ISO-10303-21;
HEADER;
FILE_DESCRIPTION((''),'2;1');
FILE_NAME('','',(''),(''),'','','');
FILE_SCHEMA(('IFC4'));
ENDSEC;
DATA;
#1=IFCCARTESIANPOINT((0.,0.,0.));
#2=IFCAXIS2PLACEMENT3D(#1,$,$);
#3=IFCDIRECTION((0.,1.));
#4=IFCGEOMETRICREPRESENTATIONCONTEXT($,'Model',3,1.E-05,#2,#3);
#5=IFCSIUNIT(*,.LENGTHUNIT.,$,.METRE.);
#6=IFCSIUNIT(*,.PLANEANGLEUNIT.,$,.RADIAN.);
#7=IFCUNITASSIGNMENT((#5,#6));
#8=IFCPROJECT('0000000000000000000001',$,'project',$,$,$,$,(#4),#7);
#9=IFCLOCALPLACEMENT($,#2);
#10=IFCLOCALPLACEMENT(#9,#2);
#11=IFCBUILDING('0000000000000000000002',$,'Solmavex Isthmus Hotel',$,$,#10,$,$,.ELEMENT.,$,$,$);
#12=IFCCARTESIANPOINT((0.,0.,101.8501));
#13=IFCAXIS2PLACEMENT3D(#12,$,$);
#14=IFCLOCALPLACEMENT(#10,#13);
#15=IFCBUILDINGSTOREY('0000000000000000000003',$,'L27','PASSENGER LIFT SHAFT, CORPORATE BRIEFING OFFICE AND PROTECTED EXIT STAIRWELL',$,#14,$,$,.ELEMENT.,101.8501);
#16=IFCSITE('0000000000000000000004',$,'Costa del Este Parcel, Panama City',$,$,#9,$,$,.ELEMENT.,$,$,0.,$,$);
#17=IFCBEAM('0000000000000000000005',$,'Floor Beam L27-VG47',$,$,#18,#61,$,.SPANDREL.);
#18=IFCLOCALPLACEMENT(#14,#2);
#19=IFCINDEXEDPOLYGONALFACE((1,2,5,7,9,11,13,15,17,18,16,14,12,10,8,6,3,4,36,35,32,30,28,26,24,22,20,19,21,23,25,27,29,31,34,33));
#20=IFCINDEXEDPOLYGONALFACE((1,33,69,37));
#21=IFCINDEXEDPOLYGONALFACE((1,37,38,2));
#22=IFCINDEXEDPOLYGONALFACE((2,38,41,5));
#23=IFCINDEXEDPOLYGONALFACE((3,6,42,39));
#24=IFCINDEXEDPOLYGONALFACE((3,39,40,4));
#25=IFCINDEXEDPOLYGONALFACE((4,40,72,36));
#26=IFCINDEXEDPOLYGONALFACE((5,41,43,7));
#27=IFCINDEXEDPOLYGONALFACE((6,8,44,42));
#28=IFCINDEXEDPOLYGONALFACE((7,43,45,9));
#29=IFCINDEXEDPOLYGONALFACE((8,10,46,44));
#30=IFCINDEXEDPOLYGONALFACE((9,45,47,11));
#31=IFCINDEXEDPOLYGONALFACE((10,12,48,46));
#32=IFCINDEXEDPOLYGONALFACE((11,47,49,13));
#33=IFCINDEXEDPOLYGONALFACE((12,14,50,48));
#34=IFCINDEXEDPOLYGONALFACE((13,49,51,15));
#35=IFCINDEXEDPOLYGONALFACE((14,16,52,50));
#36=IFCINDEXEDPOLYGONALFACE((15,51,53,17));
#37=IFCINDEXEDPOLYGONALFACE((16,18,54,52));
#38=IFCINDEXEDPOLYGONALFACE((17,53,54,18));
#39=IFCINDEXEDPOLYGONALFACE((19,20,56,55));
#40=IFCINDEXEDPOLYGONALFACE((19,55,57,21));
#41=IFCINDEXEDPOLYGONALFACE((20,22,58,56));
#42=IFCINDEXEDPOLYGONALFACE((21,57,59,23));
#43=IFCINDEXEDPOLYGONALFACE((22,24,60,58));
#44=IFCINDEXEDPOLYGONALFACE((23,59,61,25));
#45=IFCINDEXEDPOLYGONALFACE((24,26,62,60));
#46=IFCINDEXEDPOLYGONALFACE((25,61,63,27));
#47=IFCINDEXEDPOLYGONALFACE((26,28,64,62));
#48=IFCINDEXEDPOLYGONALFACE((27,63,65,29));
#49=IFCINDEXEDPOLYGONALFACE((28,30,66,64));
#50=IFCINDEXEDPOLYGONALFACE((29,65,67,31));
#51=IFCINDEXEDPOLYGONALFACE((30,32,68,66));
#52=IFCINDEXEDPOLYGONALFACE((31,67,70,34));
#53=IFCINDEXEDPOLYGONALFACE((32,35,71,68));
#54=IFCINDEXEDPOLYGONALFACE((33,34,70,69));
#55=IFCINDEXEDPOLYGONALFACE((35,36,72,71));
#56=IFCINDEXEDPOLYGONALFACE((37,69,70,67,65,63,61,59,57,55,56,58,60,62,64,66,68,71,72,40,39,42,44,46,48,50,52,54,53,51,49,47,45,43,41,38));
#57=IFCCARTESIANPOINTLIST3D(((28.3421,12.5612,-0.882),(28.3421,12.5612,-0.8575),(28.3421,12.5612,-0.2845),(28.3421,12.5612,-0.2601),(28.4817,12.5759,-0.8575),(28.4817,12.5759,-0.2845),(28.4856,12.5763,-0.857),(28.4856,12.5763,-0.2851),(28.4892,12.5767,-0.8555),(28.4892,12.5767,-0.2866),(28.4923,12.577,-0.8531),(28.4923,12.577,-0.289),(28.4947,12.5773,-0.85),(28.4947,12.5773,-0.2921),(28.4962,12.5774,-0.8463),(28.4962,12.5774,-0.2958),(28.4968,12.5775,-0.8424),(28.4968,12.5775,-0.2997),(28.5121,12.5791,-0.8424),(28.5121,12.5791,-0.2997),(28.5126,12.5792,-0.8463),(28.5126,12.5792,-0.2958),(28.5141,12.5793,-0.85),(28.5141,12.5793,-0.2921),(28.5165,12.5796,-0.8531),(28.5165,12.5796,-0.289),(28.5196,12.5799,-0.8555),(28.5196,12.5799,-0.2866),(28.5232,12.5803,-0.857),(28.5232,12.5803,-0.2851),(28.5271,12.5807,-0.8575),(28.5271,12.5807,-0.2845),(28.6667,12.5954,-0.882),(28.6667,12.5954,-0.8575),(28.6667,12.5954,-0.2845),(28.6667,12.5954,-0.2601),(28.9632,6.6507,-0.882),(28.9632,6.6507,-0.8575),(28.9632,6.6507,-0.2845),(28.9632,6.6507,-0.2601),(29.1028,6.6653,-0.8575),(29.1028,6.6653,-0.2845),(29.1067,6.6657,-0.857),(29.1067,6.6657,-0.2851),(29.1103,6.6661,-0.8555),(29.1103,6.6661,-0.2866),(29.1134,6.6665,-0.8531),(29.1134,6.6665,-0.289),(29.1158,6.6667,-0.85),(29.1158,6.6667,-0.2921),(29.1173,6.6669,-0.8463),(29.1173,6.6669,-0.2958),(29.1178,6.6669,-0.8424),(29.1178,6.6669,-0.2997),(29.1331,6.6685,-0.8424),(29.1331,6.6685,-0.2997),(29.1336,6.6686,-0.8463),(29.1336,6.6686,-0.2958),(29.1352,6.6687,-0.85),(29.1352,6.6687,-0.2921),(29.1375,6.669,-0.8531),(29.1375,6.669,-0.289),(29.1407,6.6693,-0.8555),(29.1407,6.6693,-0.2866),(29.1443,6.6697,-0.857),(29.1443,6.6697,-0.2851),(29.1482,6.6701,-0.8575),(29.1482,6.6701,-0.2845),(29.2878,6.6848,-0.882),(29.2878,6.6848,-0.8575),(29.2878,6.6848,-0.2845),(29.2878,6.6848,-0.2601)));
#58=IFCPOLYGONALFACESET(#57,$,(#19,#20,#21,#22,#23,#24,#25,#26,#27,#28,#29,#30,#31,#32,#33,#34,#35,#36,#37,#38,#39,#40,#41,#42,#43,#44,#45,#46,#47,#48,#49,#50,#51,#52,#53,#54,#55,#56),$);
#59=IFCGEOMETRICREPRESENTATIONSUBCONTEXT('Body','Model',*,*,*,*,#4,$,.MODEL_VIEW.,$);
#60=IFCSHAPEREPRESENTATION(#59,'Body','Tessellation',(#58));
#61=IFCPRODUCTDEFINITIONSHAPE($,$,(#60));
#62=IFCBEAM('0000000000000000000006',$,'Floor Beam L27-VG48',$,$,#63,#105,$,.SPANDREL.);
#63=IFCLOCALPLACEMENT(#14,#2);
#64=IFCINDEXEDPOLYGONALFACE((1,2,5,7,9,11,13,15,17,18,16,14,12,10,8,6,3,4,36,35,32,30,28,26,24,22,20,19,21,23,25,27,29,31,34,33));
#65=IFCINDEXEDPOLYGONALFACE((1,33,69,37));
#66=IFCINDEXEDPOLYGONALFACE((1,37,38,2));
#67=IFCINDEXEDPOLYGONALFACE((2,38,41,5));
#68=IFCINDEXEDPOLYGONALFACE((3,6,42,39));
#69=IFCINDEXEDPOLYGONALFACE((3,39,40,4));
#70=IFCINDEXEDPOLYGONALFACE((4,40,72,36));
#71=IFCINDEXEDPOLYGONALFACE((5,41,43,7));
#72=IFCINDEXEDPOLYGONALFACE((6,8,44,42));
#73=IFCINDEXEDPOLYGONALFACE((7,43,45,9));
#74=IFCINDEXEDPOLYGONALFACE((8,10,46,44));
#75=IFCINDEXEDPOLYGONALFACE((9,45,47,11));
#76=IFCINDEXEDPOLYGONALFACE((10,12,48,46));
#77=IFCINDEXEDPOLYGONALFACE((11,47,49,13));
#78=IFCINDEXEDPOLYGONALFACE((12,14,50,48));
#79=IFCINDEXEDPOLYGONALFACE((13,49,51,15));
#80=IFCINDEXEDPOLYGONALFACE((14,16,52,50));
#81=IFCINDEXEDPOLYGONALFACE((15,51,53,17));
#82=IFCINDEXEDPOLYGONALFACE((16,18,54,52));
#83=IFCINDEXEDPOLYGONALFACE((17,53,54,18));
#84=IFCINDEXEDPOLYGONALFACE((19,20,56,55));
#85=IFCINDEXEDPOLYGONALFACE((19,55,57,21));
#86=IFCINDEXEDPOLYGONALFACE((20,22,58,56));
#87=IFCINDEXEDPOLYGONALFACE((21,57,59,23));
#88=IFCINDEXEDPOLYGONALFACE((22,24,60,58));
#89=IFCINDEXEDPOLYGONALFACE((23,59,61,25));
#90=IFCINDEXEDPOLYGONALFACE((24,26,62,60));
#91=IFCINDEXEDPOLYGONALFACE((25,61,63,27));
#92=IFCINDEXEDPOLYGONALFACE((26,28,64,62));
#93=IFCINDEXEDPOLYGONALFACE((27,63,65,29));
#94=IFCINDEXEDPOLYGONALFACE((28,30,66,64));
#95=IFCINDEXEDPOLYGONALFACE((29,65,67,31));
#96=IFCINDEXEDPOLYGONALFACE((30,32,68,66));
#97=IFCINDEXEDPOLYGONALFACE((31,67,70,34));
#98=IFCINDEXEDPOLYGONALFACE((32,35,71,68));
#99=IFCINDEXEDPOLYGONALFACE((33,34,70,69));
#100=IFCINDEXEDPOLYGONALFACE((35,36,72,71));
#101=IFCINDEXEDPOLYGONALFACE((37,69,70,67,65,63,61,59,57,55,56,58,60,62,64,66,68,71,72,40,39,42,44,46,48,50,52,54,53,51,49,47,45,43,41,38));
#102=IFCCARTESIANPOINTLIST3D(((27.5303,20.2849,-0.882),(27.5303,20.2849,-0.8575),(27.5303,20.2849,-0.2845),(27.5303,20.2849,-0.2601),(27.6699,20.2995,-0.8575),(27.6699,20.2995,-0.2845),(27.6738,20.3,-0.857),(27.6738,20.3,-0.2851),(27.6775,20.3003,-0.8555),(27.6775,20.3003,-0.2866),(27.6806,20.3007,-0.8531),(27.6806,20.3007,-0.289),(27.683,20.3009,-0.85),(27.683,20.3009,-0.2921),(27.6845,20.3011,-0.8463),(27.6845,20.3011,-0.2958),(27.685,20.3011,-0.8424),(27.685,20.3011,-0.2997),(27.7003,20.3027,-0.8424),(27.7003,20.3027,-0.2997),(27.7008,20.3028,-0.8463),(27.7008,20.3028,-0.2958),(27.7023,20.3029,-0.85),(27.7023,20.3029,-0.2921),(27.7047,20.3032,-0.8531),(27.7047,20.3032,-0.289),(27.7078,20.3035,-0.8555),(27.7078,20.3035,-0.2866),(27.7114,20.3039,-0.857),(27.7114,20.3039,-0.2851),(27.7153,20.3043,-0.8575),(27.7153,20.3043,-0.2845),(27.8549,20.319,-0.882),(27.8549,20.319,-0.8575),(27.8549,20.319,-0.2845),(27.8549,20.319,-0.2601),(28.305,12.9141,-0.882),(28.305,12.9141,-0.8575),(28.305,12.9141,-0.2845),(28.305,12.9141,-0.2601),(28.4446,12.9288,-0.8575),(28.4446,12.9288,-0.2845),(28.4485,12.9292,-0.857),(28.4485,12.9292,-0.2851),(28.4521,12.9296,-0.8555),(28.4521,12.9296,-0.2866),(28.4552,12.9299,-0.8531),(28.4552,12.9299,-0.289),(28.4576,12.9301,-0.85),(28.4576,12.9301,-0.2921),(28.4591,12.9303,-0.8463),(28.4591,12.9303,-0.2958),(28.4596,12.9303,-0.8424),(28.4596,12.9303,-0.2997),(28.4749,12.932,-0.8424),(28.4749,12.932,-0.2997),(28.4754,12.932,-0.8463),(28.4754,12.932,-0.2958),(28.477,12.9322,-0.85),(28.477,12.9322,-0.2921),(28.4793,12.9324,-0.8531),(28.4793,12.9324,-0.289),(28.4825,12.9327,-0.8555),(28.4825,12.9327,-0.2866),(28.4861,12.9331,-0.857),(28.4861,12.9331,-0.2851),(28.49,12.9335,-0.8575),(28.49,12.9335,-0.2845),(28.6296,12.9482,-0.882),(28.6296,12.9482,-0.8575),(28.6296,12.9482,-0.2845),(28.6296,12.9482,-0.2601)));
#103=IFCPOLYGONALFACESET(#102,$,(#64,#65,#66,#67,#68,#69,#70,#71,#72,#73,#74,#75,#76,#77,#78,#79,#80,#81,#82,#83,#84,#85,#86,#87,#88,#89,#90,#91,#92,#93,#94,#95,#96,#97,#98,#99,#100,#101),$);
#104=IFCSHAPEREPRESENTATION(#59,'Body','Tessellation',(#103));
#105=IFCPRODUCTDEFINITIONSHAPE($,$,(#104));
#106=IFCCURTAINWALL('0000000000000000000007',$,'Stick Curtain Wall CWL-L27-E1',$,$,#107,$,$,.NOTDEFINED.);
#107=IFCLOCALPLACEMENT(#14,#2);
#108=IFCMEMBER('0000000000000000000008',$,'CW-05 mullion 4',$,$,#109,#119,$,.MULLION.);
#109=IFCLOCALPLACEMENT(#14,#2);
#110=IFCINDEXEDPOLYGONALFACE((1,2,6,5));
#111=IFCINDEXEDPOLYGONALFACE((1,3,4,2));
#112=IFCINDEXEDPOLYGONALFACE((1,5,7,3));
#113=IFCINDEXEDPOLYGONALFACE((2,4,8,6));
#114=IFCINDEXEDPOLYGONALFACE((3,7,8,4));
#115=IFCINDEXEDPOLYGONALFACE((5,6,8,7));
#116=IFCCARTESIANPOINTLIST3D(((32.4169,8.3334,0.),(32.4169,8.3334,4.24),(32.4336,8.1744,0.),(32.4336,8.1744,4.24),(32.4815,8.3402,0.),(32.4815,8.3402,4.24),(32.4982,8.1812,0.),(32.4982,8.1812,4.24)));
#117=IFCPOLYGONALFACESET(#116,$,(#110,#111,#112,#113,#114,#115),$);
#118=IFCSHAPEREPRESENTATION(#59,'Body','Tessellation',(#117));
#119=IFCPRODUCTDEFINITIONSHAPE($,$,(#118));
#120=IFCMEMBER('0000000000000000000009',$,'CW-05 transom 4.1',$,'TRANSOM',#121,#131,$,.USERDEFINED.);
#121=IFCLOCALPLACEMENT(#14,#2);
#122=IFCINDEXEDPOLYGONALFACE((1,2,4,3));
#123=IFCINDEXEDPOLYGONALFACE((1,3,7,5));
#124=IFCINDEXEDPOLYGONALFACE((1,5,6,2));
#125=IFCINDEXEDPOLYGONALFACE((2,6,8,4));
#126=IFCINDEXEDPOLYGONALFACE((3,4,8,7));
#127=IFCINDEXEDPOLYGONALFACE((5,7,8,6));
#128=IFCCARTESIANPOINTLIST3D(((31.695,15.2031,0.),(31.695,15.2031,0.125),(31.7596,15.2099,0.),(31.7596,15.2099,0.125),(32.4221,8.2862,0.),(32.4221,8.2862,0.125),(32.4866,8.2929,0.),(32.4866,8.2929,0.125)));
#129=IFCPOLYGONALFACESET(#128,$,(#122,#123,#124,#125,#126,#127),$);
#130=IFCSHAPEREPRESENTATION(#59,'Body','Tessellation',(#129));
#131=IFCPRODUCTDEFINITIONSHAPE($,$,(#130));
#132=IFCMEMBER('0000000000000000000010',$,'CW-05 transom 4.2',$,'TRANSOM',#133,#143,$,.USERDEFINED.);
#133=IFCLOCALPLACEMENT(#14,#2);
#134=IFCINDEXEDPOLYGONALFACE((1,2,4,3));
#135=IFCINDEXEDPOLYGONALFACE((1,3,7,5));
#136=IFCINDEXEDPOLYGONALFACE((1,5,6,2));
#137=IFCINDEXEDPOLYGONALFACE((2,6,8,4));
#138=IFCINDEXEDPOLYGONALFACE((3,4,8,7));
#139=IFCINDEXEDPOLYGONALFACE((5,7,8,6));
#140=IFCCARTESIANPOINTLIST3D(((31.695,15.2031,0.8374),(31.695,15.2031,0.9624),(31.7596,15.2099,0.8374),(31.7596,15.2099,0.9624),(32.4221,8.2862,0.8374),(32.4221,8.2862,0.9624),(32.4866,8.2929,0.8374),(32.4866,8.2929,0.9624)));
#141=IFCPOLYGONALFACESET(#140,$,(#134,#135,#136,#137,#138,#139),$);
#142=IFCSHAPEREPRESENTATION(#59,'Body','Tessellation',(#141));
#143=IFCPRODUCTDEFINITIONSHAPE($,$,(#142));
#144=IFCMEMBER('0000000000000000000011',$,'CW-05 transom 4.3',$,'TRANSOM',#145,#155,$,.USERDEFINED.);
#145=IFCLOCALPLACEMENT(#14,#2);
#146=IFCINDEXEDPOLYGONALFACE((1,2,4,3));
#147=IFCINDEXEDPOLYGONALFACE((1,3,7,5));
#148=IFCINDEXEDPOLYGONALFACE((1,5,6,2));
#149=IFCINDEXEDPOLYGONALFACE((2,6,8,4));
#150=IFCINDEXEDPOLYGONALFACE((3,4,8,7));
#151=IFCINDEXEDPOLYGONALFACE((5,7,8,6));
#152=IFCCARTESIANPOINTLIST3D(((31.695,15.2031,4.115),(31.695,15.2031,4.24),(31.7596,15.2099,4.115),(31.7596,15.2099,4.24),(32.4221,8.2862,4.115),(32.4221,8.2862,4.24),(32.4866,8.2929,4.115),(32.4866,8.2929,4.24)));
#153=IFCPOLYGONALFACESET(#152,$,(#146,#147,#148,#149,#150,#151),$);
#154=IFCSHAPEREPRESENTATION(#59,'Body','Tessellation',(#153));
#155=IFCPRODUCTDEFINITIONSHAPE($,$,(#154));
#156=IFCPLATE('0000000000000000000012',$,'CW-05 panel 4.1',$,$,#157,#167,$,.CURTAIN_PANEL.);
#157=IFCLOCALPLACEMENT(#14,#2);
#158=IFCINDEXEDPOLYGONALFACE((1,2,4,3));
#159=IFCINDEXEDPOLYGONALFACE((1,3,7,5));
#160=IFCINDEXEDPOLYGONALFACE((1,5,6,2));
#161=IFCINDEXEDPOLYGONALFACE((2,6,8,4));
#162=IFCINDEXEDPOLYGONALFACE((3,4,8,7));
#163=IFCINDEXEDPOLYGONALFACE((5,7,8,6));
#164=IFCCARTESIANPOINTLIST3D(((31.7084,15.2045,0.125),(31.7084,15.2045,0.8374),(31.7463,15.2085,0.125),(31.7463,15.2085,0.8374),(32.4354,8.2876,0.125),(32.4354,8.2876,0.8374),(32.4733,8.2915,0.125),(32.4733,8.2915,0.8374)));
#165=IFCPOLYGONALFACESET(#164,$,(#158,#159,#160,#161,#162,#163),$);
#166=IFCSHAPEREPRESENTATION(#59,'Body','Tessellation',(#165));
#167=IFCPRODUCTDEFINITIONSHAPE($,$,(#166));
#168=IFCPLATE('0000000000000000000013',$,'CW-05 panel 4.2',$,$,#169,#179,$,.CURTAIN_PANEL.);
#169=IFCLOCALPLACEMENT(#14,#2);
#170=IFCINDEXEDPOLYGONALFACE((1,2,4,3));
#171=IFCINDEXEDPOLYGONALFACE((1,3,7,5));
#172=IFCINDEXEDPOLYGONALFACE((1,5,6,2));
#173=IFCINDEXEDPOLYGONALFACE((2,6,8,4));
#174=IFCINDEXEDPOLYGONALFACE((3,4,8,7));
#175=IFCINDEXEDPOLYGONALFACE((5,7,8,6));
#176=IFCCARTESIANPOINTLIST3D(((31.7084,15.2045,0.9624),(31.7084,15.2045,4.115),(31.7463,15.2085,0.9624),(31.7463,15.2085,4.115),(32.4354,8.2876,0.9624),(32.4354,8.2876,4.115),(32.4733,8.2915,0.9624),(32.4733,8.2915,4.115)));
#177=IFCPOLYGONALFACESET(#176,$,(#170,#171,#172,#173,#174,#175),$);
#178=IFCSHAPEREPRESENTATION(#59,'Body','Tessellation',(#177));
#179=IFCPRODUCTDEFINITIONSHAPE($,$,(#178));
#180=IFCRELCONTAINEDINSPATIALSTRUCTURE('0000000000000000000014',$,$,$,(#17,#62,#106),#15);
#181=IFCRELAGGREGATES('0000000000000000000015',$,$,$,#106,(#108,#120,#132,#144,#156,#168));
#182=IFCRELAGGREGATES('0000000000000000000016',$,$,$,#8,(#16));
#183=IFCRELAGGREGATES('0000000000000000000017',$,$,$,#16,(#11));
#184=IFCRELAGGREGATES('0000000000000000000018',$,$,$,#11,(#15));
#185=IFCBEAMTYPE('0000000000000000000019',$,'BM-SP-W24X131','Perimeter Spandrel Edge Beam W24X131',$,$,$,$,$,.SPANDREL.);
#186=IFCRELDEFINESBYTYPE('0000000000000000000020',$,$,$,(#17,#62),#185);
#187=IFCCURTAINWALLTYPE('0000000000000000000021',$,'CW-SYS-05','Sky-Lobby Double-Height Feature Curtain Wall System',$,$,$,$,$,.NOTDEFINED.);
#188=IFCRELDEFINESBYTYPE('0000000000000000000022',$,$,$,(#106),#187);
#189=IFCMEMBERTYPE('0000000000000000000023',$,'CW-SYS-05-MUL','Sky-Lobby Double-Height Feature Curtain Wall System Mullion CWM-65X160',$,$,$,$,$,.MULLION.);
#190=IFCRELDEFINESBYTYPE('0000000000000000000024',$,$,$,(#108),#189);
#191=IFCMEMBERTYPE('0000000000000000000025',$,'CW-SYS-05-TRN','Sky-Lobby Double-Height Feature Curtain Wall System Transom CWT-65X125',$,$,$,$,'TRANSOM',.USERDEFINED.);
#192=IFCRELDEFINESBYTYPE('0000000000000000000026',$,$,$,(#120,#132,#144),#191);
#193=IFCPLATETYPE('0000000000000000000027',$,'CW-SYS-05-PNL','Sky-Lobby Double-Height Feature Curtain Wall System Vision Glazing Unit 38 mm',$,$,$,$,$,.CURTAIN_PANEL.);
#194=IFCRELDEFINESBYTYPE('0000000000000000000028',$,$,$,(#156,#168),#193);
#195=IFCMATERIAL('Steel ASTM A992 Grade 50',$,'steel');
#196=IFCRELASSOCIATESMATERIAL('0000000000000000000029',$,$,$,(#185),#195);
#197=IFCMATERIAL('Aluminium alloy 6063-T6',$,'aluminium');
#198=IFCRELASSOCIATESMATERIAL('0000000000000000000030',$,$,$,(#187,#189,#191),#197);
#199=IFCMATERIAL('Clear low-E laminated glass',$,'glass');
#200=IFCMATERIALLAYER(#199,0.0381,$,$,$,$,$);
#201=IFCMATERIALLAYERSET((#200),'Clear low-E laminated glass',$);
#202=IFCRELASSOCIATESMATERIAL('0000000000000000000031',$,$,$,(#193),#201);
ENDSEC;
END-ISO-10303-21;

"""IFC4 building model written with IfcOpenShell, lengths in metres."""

from ifc_helpers import new_model, si_unit, direction, frame, origin, origin_2d, place, context, subcontext, project, spatial, rectangle, i_section, extrude, material, layer, layer_set, material_profile, profile_set, type_object, element, aggregate, save


model = new_model("IFC4")

# Units and contexts
model_context = context("Model", 3, precision=1e-05, world=origin(), true_north=direction((0.0, 1.0)))
body_context = subcontext(model_context, "Body", "Model", "MODEL_VIEW")
ifc_project = project(units=[si_unit("LENGTHUNIT", "METRE"), si_unit("PLANEANGLEUNIT", "RADIAN")], contexts=[model_context])

# Site, building, storey
site_placement = place(None, origin())
site = spatial("IfcSite", under=ifc_project, at=site_placement, Name="Costa del Este Parcel, Panama City", CompositionType="ELEMENT", RefElevation=0.0)
building_placement = place(site_placement, origin())
building = spatial("IfcBuilding", under=site, at=building_placement, Name="Solmavex Isthmus Hotel", CompositionType="ELEMENT")
storey_placement = place(building_placement, frame((0.0, 0.0, 101.8501)))
storey = spatial("IfcBuildingStorey", under=building, at=storey_placement, Name="L27", Description="PASSENGER LIFT SHAFT, CORPORATE BRIEFING OFFICE AND PROTECTED EXIT STAIRWELL", CompositionType="ELEMENT", Elevation=101.8501)

# Beams
ifc_material_1 = material(Name="Steel ASTM A992 Grade 50", Category="steel")
ifc_material_profile_1 = material_profile(ifc_material_1, i_section(OverallWidth=0.3264, OverallDepth=0.6218, WebThickness=0.0154, FlangeThickness=0.0244, FilletRadius=0.0151, at=origin_2d()), Name="W24X131")
ifc_profile_set_1 = profile_set([ifc_material_profile_1], Name="Steel ASTM A992 Grade 50")
beam_type_1 = type_object("IfcBeamType", Name="BM-SP-W24X131", Description="Perimeter Spandrel Edge Beam W24X131", PredefinedType="SPANDREL", material=ifc_profile_set_1)
beam_1_placement = place(storey_placement, frame((29.1255, 6.6677, -0.571), z_axis=(-0.104505, 0.994524, 0.0), x_axis=(-0.994524, -0.104505, 0.0)))
element("IfcBeam", 1, at=beam_1_placement, inside=storey, type_object=beam_type_1, Name="Floor Beam L27-VG47", PredefinedType="SPANDREL", context=body_context, shape_type="SweptSolid", body=[
    extrude(i_section(OverallWidth=0.3264, OverallDepth=0.6218, WebThickness=0.0154, FlangeThickness=0.0244, FilletRadius=0.0151, at=origin_2d()), origin(), (0.0, 0.0, 1.0), 5.9431),
])
beam_2_placement = place(storey_placement, frame((28.4673, 12.9312, -0.571), z_axis=(-0.104522, 0.994523, 0.0), x_axis=(-0.994523, -0.104522, 0.0)))
element("IfcBeam", 2, at=beam_2_placement, inside=storey, type_object=beam_type_1, Name="Floor Beam L27-VG48", PredefinedType="SPANDREL", context=body_context, shape_type="SweptSolid", body=[
    extrude(i_section(OverallWidth=0.3264, OverallDepth=0.6218, WebThickness=0.0154, FlangeThickness=0.0244, FilletRadius=0.0151, at=origin_2d()), origin(), (0.0, 0.0, 1.0), 7.4114),
])

# Curtain wall, members, plates
ifc_material_2 = material(Name="Aluminium alloy 6063-T6", Category="aluminium")
curtain_wall_type = type_object("IfcCurtainWallType", Name="CW-SYS-05", Description="Sky-Lobby Double-Height Feature Curtain Wall System", PredefinedType="NOTDEFINED", material=ifc_material_2)
curtain_wall_placement = place(storey_placement, origin())
curtain_wall = element("IfcCurtainWall", 3, at=curtain_wall_placement, inside=storey, type_object=curtain_wall_type, Name="Stick Curtain Wall CWL-L27-E1", PredefinedType="NOTDEFINED")
ifc_material_profile_2 = material_profile(ifc_material_2, rectangle(XDim=0.0649, YDim=0.1599, at=origin_2d()), Name="CWM-65X160")
ifc_profile_set_2 = profile_set([ifc_material_profile_2], Name="Aluminium alloy 6063-T6")
member_type_1 = type_object("IfcMemberType", Name="CW-SYS-05-MUL", Description="Sky-Lobby Double-Height Feature Curtain Wall System Mullion CWM-65X160", PredefinedType="MULLION", material=ifc_profile_set_2)
member_1_placement = place(storey_placement, frame((32.4575, 8.2573, 0.0), z_axis=(0.0, 0.0, 1.0), x_axis=(-0.994522, -0.104528, 0.0)))
member_1 = element("IfcMember", 4, at=member_1_placement, type_object=member_type_1, Name="CW-05 mullion 4", PredefinedType="MULLION", context=body_context, shape_type="SweptSolid", body=[
    extrude(rectangle(XDim=0.0649, YDim=0.1599, at=origin_2d()), origin(), (0.0, 0.0, 1.0), 4.24),
])
ifc_material_profile_3 = material_profile(ifc_material_2, rectangle(XDim=0.0649, YDim=0.125, at=origin_2d()), Name="CWT-65X125")
ifc_profile_set_3 = profile_set([ifc_material_profile_3], Name="Aluminium alloy 6063-T6")
member_type_2 = type_object("IfcMemberType", Name="CW-SYS-05-TRN", Description="Sky-Lobby Double-Height Feature Curtain Wall System Transom CWT-65X125", ElementType="TRANSOM", PredefinedType="USERDEFINED", material=ifc_profile_set_3)
member_2_placement = place(storey_placement, frame((32.4543, 8.2896, 0.0625), z_axis=(-0.104535, 0.994521, 0.0), x_axis=(-0.994521, -0.104535, 0.0)))
member_2 = element("IfcMember", 5, at=member_2_placement, type_object=member_type_2, Name="CW-05 transom 4.1", ObjectType="TRANSOM", PredefinedType="USERDEFINED", context=body_context, shape_type="SweptSolid", body=[
    extrude(rectangle(XDim=0.0649, YDim=0.125, at=origin_2d()), origin(), (0.0, 0.0, 1.0), 6.9551),
])
member_3_placement = place(storey_placement, frame((32.4543, 8.2896, 0.8999), z_axis=(-0.104535, 0.994521, 0.0), x_axis=(-0.994521, -0.104535, 0.0)))
member_3 = element("IfcMember", 6, at=member_3_placement, type_object=member_type_2, Name="CW-05 transom 4.2", ObjectType="TRANSOM", PredefinedType="USERDEFINED", context=body_context, shape_type="SweptSolid", body=[
    extrude(rectangle(XDim=0.0649, YDim=0.125, at=origin_2d()), origin(), (0.0, 0.0, 1.0), 6.9551),
])
member_4_placement = place(storey_placement, frame((32.4543, 8.2896, 4.1775), z_axis=(-0.104535, 0.994521, 0.0), x_axis=(-0.994521, -0.104535, 0.0)))
member_4 = element("IfcMember", 7, at=member_4_placement, type_object=member_type_2, Name="CW-05 transom 4.3", ObjectType="TRANSOM", PredefinedType="USERDEFINED", context=body_context, shape_type="SweptSolid", body=[
    extrude(rectangle(XDim=0.0649, YDim=0.125, at=origin_2d()), origin(), (0.0, 0.0, 1.0), 6.9551),
])
ifc_material_3 = material(Name="Clear low-E laminated glass", Category="glass")
ifc_layer_1 = layer(ifc_material_3, 0.0381)
ifc_layer_set_1 = layer_set([ifc_layer_1], Name="Clear low-E laminated glass")
plate_type = type_object("IfcPlateType", Name="CW-SYS-05-PNL", Description="Sky-Lobby Double-Height Feature Curtain Wall System Vision Glazing Unit 38 mm", PredefinedType="CURTAIN_PANEL", material=ifc_layer_set_1)
plate_1_placement = place(storey_placement, frame((32.0908, 11.748, 0.125), z_axis=(0.0, 0.0, 1.0), x_axis=(-0.104528, 0.994522, 0.0)))
plate_1 = element("IfcPlate", 8, at=plate_1_placement, type_object=plate_type, Name="CW-05 panel 4.1", PredefinedType="CURTAIN_PANEL", context=body_context, shape_type="SweptSolid", body=[
    extrude(rectangle(XDim=6.9551, YDim=0.0381, at=origin_2d()), origin(), (0.0, 0.0, 1.0), 0.7124),
])
plate_2_placement = place(storey_placement, frame((32.0908, 11.748, 0.9624), z_axis=(0.0, 0.0, 1.0), x_axis=(-0.104528, 0.994522, 0.0)))
plate_2 = element("IfcPlate", 9, at=plate_2_placement, type_object=plate_type, Name="CW-05 panel 4.2", PredefinedType="CURTAIN_PANEL", context=body_context, shape_type="SweptSolid", body=[
    extrude(rectangle(XDim=6.9551, YDim=0.0381, at=origin_2d()), origin(), (0.0, 0.0, 1.0), 3.1526),
])
aggregate(curtain_wall, [member_1, member_2, member_3, member_4, plate_1, plate_2])

save(model, "model.ifc")
